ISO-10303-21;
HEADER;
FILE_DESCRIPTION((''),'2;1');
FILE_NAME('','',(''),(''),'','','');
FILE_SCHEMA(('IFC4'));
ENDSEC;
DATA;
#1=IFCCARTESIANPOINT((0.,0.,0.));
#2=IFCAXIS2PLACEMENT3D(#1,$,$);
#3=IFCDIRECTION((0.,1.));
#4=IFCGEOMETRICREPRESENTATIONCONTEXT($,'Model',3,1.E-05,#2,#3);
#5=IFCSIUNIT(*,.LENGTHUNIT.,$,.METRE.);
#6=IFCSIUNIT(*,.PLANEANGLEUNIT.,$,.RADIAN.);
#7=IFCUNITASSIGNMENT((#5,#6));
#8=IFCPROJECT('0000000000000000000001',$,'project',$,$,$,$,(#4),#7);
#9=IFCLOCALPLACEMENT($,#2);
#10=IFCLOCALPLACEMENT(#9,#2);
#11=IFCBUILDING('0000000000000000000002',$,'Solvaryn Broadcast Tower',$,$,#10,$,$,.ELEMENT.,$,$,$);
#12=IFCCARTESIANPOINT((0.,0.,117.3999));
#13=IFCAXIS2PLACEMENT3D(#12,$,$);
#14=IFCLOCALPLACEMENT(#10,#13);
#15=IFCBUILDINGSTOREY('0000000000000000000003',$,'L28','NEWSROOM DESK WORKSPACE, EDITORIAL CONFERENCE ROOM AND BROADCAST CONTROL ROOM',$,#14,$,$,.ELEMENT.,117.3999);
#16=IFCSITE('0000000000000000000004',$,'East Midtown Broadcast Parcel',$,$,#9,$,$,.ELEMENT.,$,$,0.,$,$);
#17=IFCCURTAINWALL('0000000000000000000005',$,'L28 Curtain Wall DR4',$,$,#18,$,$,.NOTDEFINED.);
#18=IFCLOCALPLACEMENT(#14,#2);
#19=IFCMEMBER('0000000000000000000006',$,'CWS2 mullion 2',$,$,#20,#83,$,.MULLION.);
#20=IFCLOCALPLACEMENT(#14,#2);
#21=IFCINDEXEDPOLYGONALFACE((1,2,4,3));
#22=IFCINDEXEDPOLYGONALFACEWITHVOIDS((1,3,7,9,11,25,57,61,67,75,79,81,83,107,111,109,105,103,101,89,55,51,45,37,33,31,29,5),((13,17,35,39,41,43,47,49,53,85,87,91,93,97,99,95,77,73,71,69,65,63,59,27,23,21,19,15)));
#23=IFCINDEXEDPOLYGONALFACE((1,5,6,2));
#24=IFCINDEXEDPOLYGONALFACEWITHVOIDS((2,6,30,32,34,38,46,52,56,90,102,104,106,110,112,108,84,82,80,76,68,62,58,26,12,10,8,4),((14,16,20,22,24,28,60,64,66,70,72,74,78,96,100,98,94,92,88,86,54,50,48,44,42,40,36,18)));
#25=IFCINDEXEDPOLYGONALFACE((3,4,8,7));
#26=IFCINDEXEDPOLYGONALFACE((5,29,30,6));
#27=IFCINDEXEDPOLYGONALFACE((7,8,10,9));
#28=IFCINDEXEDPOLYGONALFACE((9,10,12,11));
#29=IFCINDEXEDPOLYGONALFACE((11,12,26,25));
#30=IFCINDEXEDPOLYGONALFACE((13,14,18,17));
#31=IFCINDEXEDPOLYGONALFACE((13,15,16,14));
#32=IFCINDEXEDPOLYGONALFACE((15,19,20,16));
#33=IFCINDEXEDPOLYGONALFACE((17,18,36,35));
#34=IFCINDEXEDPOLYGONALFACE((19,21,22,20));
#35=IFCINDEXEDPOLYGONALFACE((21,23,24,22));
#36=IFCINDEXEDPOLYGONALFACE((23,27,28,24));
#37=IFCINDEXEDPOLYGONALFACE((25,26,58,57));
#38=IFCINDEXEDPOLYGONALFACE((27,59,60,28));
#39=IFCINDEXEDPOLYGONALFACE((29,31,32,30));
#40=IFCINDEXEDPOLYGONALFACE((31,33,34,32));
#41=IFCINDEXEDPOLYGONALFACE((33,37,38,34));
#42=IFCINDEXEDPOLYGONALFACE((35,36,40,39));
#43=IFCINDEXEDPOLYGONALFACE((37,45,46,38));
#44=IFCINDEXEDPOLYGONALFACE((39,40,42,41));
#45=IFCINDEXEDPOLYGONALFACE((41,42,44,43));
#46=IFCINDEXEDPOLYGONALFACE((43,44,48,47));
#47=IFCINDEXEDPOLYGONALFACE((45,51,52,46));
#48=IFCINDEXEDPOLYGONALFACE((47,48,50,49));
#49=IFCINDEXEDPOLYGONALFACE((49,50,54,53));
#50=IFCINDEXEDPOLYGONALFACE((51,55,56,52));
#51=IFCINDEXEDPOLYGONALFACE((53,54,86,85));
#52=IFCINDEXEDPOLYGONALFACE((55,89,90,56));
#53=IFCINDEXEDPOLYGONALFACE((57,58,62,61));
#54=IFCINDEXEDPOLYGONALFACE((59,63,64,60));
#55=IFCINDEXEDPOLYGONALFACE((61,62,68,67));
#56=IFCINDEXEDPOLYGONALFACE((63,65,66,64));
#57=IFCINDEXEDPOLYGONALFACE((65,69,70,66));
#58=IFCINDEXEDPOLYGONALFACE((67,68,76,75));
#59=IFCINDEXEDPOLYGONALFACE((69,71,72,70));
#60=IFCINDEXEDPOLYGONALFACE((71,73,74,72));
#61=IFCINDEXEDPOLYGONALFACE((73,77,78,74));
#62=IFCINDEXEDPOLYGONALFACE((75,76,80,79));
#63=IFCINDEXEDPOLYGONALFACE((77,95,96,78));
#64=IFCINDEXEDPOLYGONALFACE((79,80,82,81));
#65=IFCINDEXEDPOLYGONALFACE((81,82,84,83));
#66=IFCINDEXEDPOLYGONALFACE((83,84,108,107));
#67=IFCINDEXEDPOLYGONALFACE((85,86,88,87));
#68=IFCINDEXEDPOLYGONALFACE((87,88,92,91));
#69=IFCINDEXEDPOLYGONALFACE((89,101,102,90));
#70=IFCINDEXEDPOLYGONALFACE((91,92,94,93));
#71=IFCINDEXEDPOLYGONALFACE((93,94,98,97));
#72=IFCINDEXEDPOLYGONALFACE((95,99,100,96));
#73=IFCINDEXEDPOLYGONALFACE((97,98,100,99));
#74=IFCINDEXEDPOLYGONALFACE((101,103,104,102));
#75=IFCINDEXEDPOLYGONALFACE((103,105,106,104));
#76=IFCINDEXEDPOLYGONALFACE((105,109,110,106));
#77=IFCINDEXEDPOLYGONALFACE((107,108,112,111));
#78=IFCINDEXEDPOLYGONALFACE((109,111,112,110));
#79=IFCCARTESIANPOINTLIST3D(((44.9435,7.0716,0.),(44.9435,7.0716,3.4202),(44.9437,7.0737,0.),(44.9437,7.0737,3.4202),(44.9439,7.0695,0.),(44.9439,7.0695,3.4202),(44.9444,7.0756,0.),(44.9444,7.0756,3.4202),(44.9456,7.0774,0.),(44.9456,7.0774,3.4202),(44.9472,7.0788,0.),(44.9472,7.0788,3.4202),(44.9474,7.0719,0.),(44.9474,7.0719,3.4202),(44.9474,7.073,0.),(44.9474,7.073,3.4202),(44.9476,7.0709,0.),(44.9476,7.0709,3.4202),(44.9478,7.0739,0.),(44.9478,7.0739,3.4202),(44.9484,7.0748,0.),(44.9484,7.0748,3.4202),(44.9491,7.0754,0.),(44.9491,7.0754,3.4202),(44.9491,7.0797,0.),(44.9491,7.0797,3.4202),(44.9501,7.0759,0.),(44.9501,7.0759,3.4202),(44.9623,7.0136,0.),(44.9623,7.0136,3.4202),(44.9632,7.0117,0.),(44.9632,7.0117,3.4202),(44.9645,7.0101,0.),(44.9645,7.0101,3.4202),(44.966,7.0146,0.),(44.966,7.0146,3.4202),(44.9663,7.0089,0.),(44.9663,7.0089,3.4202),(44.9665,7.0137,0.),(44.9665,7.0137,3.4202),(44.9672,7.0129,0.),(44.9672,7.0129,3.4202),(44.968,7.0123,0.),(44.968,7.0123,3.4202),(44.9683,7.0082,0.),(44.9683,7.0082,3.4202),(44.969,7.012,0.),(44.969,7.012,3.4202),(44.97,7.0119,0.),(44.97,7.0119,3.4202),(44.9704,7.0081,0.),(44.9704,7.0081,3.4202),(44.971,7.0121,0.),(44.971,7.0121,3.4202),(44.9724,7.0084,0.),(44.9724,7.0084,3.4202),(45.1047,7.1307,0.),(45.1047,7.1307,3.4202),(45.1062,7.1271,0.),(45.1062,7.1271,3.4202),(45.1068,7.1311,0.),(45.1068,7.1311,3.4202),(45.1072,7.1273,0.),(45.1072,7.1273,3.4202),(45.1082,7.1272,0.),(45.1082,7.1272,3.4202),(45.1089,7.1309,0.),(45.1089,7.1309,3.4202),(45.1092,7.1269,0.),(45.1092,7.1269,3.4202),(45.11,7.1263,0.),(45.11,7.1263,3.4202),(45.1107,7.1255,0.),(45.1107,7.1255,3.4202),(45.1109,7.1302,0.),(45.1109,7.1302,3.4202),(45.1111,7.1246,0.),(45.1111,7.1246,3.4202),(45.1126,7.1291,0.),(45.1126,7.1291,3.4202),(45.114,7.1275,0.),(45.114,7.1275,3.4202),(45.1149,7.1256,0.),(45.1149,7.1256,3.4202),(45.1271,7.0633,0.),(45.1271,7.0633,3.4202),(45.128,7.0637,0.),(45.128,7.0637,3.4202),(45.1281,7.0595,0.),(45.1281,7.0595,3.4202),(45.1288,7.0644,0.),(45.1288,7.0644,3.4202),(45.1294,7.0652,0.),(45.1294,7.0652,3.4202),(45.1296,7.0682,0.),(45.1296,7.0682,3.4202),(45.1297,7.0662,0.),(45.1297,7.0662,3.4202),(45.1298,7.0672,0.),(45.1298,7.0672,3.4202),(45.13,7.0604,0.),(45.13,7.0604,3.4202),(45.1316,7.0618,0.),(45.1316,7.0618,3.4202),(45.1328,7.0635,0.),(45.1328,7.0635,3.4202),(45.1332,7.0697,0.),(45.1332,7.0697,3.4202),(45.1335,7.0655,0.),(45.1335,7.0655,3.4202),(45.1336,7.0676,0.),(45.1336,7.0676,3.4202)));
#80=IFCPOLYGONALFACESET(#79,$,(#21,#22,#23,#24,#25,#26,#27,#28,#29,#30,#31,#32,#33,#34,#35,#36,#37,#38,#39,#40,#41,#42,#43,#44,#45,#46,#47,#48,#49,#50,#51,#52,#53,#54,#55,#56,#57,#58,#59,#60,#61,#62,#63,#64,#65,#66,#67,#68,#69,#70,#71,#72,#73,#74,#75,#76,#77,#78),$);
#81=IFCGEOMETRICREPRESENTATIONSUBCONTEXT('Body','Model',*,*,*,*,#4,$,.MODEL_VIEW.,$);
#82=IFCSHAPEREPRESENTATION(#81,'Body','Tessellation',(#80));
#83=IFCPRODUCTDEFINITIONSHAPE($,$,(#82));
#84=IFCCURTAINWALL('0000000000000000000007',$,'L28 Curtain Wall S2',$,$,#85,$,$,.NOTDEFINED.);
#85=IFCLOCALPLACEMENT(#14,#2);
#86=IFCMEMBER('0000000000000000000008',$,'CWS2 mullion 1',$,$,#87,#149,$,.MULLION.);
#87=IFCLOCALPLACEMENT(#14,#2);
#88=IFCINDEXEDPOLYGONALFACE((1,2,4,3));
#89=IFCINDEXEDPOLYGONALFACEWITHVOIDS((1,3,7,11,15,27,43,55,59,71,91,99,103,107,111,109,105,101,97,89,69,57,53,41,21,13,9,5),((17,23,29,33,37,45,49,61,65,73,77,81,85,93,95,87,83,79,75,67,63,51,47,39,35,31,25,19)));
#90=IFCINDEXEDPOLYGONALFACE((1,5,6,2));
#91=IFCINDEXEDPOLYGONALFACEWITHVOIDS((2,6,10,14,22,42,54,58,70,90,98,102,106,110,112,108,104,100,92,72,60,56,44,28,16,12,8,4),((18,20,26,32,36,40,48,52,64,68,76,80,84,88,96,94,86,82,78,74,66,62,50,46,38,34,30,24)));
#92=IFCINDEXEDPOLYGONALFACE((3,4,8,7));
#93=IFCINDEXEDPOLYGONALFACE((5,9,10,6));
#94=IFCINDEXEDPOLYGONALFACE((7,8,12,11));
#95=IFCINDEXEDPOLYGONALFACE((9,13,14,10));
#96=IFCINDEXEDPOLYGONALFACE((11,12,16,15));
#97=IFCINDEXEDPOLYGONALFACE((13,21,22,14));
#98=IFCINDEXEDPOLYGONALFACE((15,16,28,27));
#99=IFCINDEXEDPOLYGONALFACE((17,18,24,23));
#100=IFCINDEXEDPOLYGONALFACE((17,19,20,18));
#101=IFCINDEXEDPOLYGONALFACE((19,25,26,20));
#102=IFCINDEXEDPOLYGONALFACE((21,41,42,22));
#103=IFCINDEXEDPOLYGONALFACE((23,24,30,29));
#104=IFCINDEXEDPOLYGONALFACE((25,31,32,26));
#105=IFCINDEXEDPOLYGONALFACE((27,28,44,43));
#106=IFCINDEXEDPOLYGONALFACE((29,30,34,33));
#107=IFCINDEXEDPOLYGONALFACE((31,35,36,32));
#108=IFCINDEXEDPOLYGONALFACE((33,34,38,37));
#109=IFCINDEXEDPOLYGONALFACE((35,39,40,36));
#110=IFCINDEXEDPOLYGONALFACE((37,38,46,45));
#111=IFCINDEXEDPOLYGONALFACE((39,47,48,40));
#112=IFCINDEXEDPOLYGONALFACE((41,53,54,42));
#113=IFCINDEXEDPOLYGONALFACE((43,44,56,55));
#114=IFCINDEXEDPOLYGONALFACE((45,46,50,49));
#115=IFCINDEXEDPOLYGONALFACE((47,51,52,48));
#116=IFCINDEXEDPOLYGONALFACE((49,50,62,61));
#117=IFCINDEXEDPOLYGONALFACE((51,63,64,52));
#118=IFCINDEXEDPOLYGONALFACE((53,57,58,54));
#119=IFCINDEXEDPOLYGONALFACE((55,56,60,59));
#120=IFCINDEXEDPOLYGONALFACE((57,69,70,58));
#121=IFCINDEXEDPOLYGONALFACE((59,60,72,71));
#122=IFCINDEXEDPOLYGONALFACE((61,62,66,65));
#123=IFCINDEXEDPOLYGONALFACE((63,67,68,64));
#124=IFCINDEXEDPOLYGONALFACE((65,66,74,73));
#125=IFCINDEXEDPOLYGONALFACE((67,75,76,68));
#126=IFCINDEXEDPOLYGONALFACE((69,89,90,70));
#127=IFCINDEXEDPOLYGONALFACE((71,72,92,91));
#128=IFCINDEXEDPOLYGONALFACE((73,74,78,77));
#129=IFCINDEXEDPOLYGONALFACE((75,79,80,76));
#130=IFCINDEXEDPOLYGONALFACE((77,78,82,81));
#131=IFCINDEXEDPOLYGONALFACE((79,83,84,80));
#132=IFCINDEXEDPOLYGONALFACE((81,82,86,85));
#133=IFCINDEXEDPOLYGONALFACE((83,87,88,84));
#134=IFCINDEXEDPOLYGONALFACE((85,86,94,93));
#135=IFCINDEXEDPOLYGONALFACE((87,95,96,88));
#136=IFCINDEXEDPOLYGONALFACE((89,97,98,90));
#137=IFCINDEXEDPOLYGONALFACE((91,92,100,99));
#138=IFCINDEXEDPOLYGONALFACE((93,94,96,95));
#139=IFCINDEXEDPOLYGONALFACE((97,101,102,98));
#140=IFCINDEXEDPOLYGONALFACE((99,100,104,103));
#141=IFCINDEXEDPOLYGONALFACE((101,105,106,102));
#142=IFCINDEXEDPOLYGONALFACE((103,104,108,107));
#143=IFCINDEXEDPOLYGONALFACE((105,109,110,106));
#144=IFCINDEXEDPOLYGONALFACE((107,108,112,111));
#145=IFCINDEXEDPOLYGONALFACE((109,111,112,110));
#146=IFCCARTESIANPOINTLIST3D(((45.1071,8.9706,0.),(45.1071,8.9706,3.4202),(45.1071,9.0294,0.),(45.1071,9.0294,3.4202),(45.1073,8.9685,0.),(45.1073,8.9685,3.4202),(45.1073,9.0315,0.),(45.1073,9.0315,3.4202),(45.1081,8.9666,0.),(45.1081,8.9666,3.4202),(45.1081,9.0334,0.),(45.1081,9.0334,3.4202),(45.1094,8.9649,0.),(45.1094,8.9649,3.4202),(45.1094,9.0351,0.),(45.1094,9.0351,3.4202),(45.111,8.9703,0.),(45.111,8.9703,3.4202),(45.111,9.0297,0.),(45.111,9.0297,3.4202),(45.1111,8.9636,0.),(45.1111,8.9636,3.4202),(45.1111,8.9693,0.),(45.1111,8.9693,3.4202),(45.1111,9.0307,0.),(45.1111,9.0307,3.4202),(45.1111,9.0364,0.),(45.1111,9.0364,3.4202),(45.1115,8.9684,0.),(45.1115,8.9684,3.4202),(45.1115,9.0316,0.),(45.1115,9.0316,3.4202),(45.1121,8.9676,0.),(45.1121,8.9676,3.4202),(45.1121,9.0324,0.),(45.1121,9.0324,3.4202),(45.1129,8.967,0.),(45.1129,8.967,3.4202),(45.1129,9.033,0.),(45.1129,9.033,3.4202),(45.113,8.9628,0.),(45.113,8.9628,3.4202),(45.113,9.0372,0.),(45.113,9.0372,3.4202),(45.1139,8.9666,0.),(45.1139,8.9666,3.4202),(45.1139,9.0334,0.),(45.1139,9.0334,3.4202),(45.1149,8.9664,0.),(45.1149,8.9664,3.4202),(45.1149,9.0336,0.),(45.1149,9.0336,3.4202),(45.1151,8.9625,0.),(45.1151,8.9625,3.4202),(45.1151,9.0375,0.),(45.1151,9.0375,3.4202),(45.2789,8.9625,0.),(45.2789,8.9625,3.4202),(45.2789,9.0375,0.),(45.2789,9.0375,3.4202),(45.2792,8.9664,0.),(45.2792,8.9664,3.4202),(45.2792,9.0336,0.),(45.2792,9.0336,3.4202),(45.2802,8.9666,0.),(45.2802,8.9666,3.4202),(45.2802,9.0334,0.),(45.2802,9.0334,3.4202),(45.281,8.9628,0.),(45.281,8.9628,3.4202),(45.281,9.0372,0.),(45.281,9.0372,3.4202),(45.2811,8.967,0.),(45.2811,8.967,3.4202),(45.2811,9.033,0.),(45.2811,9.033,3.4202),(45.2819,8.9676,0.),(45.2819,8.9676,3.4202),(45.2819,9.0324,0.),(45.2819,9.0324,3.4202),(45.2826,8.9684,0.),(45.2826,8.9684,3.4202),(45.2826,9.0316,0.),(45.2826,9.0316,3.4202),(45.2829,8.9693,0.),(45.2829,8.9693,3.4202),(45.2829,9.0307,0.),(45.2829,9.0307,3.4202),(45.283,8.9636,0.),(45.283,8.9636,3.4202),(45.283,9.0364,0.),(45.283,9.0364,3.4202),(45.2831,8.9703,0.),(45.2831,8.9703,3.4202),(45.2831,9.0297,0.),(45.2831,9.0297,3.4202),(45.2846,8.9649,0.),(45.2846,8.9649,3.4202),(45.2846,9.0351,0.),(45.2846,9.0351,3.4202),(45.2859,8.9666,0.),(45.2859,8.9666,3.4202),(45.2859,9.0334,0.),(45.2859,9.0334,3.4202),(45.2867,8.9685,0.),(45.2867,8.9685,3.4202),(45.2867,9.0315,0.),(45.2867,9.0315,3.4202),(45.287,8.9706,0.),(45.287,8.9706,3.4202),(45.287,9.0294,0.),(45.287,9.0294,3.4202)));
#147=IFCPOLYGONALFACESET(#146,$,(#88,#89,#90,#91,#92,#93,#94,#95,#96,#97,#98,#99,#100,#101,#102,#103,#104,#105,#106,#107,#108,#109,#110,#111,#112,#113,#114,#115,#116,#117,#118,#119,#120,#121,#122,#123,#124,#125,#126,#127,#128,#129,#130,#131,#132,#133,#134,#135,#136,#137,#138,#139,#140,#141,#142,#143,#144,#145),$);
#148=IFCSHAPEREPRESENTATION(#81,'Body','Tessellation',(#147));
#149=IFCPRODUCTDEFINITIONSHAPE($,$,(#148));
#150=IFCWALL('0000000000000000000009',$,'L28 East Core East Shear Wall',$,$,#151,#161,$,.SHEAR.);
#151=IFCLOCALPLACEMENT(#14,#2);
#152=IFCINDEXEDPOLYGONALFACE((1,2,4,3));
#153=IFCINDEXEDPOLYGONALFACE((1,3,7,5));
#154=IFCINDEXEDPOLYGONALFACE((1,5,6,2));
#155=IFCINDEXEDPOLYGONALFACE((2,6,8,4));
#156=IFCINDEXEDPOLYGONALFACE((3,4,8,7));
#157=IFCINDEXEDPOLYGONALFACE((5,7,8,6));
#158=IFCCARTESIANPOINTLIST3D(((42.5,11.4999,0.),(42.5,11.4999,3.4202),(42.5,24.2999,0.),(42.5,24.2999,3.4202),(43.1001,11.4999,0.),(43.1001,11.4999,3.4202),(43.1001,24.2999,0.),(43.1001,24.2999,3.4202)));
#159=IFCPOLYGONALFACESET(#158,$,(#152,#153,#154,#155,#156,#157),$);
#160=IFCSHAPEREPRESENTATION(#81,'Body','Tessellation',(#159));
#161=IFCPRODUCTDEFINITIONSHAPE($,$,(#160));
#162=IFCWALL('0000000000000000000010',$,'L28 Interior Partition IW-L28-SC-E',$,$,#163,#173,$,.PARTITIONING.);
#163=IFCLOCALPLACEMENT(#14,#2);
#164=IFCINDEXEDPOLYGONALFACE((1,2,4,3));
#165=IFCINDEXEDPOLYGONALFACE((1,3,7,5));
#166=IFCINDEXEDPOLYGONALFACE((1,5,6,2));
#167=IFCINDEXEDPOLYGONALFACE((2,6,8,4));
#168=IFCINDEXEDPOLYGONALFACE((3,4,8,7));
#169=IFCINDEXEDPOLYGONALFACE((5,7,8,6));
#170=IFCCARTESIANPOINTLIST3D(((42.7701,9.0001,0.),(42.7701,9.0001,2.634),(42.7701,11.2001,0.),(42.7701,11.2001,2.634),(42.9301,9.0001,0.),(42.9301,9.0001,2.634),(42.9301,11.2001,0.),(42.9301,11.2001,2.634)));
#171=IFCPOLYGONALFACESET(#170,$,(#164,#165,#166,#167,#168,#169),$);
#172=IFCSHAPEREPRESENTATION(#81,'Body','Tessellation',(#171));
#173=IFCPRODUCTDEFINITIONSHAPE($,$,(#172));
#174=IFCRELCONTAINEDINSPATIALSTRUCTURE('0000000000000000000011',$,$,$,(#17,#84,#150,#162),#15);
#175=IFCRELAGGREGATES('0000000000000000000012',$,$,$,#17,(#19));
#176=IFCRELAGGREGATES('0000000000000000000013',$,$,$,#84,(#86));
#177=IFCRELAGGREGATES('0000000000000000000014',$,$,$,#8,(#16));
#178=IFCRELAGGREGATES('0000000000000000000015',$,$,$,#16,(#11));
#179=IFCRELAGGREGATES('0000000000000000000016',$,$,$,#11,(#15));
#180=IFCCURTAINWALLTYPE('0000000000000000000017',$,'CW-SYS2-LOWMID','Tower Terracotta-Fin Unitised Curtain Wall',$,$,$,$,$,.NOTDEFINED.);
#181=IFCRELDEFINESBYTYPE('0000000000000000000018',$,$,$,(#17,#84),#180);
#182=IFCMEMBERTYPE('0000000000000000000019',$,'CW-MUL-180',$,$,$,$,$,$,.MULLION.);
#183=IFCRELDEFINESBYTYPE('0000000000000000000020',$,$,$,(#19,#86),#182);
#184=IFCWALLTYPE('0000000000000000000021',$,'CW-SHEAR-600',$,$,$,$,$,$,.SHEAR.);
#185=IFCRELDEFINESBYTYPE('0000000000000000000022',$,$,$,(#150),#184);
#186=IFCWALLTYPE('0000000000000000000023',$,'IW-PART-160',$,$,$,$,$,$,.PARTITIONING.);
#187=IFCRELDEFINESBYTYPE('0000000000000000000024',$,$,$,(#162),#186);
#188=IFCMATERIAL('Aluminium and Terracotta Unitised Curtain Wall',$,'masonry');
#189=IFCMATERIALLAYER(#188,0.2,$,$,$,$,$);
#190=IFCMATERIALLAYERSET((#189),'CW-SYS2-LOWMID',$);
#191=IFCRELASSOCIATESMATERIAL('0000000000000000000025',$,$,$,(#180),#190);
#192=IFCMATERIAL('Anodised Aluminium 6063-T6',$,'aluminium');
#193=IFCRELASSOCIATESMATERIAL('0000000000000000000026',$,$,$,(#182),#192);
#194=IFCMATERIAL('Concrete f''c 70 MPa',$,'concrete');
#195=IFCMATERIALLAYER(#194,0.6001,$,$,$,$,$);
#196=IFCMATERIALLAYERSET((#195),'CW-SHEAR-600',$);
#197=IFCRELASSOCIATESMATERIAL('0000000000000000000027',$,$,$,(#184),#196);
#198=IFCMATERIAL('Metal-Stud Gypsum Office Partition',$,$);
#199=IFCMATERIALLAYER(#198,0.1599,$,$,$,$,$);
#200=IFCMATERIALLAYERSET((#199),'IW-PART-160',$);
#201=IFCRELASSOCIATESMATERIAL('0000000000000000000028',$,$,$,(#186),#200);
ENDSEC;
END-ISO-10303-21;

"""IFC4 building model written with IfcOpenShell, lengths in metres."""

from ifc_helpers import new_model, si_unit, direction, frame, frame_2d, origin, origin_2d, place, context, subcontext, project, spatial, rectangle, hollow_rectangle, extrude, material, layer, layer_set, material_profile, profile_set, type_object, element, aggregate, save


model = new_model("IFC4")

# Units and contexts
model_context = context("Model", 3, precision=1e-05, world=origin(), true_north=direction((0.0, 1.0)))
body_context = subcontext(model_context, "Body", "Model", "MODEL_VIEW")
ifc_project = project(units=[si_unit("LENGTHUNIT", "METRE"), si_unit("PLANEANGLEUNIT", "RADIAN")], contexts=[model_context])

# Site, building, storey
site_placement = place(None, origin())
site = spatial("IfcSite", under=ifc_project, at=site_placement, Name="East Midtown Broadcast Parcel", CompositionType="ELEMENT", RefElevation=0.0)
building_placement = place(site_placement, origin())
building = spatial("IfcBuilding", under=site, at=building_placement, Name="Solvaryn Broadcast Tower", CompositionType="ELEMENT")
storey_placement = place(building_placement, frame((0.0, 0.0, 117.3999)))
storey = spatial("IfcBuildingStorey", under=building, at=storey_placement, Name="L28", Description="NEWSROOM DESK WORKSPACE, EDITORIAL CONFERENCE ROOM AND BROADCAST CONTROL ROOM", CompositionType="ELEMENT", Elevation=117.3999)

# Curtain walls, members
ifc_material_1 = material(Name="Aluminium and Terracotta Unitised Curtain Wall", Category="masonry")
ifc_layer_1 = layer(ifc_material_1, 0.2)
ifc_layer_set_1 = layer_set([ifc_layer_1], Name="CW-SYS2-LOWMID")
curtain_wall_type = type_object("IfcCurtainWallType", Name="CW-SYS2-LOWMID", Description="Tower Terracotta-Fin Unitised Curtain Wall", PredefinedType="NOTDEFINED", material=ifc_layer_set_1)
curtain_wall_1_placement = place(storey_placement, origin())
curtain_wall_1 = element("IfcCurtainWall", 1, at=curtain_wall_1_placement, inside=storey, type_object=curtain_wall_type, Name="L28 Curtain Wall DR4", PredefinedType="NOTDEFINED")
ifc_material_2 = material(Name="Anodised Aluminium 6063-T6", Category="aluminium")
ifc_material_profile_1 = material_profile(ifc_material_2, hollow_rectangle(XDim=0.075, YDim=0.1799, WallThickness=0.0039, InnerFilletRadius=0.0039, OuterFilletRadius=0.0081, at=origin_2d()))
ifc_profile_set_1 = profile_set([ifc_material_profile_1], Name="Anodised Aluminium 6063-T6")
member_type = type_object("IfcMemberType", Name="CW-MUL-180", PredefinedType="MULLION", material=ifc_profile_set_1)
member_1_placement = place(storey_placement, frame((45.0386, 7.0696, 0.0), z_axis=(0.0, 0.0, 1.0), x_axis=(-0.311646, 0.950198, 0.0)))
member_1 = element("IfcMember", 2, at=member_1_placement, type_object=member_type, Name="CWS2 mullion 2", PredefinedType="MULLION", context=body_context, shape_type="SweptSolid", body=[
    extrude(hollow_rectangle(XDim=0.075, YDim=0.1799, WallThickness=0.0039, InnerFilletRadius=0.0039, OuterFilletRadius=0.0081, at=origin_2d()), origin(), (0.0, 0.0, 1.0), 3.4202),
])
aggregate(curtain_wall_1, [member_1])
curtain_wall_2_placement = place(storey_placement, origin())
curtain_wall_2 = element("IfcCurtainWall", 3, at=curtain_wall_2_placement, inside=storey, type_object=curtain_wall_type, Name="L28 Curtain Wall S2", PredefinedType="NOTDEFINED")
member_2_placement = place(storey_placement, frame((45.197, 9.0, 0.0), z_axis=(0.0, 0.0, 1.0), x_axis=(0.0, 1.0, 0.0)))
member_2 = element("IfcMember", 4, at=member_2_placement, type_object=member_type, Name="CWS2 mullion 1", PredefinedType="MULLION", context=body_context, shape_type="SweptSolid", body=[
    extrude(hollow_rectangle(XDim=0.075, YDim=0.1799, WallThickness=0.0039, InnerFilletRadius=0.0039, OuterFilletRadius=0.0081, at=origin_2d()), origin(), (0.0, 0.0, 1.0), 3.4202),
])
aggregate(curtain_wall_2, [member_2])

# Walls
ifc_material_3 = material(Name="Concrete f'c 70 MPa", Category="concrete")
ifc_layer_2 = layer(ifc_material_3, 0.6001)
ifc_layer_set_2 = layer_set([ifc_layer_2], Name="CW-SHEAR-600")
wall_type_1 = type_object("IfcWallType", Name="CW-SHEAR-600", PredefinedType="SHEAR", material=ifc_layer_set_2)
wall_1_placement = place(storey_placement, frame((42.8, 11.5, 0.0), z_axis=(0.0, 0.0, 1.0), x_axis=(0.0, 1.0, 0.0)))
element("IfcWall", 5, at=wall_1_placement, inside=storey, type_object=wall_type_1, Name="L28 East Core East Shear Wall", PredefinedType="SHEAR", context=body_context, shape_type="SweptSolid", body=[
    extrude(rectangle(XDim=12.8, YDim=0.6001, at=frame_2d((6.3999, 0.0))), origin(), (0.0, 0.0, 1.0), 3.4202),
])
ifc_material_4 = material(Name="Metal-Stud Gypsum Office Partition")
ifc_layer_3 = layer(ifc_material_4, 0.1599)
ifc_layer_set_3 = layer_set([ifc_layer_3], Name="IW-PART-160")
wall_type_2 = type_object("IfcWallType", Name="IW-PART-160", PredefinedType="PARTITIONING", material=ifc_layer_set_3)
wall_2_placement = place(storey_placement, frame((42.8501, 9.0, 0.0), z_axis=(0.0, 0.0, 1.0), x_axis=(0.0, 1.0, 0.0)))
element("IfcWall", 6, at=wall_2_placement, inside=storey, type_object=wall_type_2, Name="L28 Interior Partition IW-L28-SC-E", PredefinedType="PARTITIONING", context=body_context, shape_type="SweptSolid", body=[
    extrude(rectangle(XDim=2.2, YDim=0.1599, at=frame_2d((1.1001, 0.0))), origin(), (0.0, 0.0, 1.0), 2.634),
])

save(model, "model.ifc")
